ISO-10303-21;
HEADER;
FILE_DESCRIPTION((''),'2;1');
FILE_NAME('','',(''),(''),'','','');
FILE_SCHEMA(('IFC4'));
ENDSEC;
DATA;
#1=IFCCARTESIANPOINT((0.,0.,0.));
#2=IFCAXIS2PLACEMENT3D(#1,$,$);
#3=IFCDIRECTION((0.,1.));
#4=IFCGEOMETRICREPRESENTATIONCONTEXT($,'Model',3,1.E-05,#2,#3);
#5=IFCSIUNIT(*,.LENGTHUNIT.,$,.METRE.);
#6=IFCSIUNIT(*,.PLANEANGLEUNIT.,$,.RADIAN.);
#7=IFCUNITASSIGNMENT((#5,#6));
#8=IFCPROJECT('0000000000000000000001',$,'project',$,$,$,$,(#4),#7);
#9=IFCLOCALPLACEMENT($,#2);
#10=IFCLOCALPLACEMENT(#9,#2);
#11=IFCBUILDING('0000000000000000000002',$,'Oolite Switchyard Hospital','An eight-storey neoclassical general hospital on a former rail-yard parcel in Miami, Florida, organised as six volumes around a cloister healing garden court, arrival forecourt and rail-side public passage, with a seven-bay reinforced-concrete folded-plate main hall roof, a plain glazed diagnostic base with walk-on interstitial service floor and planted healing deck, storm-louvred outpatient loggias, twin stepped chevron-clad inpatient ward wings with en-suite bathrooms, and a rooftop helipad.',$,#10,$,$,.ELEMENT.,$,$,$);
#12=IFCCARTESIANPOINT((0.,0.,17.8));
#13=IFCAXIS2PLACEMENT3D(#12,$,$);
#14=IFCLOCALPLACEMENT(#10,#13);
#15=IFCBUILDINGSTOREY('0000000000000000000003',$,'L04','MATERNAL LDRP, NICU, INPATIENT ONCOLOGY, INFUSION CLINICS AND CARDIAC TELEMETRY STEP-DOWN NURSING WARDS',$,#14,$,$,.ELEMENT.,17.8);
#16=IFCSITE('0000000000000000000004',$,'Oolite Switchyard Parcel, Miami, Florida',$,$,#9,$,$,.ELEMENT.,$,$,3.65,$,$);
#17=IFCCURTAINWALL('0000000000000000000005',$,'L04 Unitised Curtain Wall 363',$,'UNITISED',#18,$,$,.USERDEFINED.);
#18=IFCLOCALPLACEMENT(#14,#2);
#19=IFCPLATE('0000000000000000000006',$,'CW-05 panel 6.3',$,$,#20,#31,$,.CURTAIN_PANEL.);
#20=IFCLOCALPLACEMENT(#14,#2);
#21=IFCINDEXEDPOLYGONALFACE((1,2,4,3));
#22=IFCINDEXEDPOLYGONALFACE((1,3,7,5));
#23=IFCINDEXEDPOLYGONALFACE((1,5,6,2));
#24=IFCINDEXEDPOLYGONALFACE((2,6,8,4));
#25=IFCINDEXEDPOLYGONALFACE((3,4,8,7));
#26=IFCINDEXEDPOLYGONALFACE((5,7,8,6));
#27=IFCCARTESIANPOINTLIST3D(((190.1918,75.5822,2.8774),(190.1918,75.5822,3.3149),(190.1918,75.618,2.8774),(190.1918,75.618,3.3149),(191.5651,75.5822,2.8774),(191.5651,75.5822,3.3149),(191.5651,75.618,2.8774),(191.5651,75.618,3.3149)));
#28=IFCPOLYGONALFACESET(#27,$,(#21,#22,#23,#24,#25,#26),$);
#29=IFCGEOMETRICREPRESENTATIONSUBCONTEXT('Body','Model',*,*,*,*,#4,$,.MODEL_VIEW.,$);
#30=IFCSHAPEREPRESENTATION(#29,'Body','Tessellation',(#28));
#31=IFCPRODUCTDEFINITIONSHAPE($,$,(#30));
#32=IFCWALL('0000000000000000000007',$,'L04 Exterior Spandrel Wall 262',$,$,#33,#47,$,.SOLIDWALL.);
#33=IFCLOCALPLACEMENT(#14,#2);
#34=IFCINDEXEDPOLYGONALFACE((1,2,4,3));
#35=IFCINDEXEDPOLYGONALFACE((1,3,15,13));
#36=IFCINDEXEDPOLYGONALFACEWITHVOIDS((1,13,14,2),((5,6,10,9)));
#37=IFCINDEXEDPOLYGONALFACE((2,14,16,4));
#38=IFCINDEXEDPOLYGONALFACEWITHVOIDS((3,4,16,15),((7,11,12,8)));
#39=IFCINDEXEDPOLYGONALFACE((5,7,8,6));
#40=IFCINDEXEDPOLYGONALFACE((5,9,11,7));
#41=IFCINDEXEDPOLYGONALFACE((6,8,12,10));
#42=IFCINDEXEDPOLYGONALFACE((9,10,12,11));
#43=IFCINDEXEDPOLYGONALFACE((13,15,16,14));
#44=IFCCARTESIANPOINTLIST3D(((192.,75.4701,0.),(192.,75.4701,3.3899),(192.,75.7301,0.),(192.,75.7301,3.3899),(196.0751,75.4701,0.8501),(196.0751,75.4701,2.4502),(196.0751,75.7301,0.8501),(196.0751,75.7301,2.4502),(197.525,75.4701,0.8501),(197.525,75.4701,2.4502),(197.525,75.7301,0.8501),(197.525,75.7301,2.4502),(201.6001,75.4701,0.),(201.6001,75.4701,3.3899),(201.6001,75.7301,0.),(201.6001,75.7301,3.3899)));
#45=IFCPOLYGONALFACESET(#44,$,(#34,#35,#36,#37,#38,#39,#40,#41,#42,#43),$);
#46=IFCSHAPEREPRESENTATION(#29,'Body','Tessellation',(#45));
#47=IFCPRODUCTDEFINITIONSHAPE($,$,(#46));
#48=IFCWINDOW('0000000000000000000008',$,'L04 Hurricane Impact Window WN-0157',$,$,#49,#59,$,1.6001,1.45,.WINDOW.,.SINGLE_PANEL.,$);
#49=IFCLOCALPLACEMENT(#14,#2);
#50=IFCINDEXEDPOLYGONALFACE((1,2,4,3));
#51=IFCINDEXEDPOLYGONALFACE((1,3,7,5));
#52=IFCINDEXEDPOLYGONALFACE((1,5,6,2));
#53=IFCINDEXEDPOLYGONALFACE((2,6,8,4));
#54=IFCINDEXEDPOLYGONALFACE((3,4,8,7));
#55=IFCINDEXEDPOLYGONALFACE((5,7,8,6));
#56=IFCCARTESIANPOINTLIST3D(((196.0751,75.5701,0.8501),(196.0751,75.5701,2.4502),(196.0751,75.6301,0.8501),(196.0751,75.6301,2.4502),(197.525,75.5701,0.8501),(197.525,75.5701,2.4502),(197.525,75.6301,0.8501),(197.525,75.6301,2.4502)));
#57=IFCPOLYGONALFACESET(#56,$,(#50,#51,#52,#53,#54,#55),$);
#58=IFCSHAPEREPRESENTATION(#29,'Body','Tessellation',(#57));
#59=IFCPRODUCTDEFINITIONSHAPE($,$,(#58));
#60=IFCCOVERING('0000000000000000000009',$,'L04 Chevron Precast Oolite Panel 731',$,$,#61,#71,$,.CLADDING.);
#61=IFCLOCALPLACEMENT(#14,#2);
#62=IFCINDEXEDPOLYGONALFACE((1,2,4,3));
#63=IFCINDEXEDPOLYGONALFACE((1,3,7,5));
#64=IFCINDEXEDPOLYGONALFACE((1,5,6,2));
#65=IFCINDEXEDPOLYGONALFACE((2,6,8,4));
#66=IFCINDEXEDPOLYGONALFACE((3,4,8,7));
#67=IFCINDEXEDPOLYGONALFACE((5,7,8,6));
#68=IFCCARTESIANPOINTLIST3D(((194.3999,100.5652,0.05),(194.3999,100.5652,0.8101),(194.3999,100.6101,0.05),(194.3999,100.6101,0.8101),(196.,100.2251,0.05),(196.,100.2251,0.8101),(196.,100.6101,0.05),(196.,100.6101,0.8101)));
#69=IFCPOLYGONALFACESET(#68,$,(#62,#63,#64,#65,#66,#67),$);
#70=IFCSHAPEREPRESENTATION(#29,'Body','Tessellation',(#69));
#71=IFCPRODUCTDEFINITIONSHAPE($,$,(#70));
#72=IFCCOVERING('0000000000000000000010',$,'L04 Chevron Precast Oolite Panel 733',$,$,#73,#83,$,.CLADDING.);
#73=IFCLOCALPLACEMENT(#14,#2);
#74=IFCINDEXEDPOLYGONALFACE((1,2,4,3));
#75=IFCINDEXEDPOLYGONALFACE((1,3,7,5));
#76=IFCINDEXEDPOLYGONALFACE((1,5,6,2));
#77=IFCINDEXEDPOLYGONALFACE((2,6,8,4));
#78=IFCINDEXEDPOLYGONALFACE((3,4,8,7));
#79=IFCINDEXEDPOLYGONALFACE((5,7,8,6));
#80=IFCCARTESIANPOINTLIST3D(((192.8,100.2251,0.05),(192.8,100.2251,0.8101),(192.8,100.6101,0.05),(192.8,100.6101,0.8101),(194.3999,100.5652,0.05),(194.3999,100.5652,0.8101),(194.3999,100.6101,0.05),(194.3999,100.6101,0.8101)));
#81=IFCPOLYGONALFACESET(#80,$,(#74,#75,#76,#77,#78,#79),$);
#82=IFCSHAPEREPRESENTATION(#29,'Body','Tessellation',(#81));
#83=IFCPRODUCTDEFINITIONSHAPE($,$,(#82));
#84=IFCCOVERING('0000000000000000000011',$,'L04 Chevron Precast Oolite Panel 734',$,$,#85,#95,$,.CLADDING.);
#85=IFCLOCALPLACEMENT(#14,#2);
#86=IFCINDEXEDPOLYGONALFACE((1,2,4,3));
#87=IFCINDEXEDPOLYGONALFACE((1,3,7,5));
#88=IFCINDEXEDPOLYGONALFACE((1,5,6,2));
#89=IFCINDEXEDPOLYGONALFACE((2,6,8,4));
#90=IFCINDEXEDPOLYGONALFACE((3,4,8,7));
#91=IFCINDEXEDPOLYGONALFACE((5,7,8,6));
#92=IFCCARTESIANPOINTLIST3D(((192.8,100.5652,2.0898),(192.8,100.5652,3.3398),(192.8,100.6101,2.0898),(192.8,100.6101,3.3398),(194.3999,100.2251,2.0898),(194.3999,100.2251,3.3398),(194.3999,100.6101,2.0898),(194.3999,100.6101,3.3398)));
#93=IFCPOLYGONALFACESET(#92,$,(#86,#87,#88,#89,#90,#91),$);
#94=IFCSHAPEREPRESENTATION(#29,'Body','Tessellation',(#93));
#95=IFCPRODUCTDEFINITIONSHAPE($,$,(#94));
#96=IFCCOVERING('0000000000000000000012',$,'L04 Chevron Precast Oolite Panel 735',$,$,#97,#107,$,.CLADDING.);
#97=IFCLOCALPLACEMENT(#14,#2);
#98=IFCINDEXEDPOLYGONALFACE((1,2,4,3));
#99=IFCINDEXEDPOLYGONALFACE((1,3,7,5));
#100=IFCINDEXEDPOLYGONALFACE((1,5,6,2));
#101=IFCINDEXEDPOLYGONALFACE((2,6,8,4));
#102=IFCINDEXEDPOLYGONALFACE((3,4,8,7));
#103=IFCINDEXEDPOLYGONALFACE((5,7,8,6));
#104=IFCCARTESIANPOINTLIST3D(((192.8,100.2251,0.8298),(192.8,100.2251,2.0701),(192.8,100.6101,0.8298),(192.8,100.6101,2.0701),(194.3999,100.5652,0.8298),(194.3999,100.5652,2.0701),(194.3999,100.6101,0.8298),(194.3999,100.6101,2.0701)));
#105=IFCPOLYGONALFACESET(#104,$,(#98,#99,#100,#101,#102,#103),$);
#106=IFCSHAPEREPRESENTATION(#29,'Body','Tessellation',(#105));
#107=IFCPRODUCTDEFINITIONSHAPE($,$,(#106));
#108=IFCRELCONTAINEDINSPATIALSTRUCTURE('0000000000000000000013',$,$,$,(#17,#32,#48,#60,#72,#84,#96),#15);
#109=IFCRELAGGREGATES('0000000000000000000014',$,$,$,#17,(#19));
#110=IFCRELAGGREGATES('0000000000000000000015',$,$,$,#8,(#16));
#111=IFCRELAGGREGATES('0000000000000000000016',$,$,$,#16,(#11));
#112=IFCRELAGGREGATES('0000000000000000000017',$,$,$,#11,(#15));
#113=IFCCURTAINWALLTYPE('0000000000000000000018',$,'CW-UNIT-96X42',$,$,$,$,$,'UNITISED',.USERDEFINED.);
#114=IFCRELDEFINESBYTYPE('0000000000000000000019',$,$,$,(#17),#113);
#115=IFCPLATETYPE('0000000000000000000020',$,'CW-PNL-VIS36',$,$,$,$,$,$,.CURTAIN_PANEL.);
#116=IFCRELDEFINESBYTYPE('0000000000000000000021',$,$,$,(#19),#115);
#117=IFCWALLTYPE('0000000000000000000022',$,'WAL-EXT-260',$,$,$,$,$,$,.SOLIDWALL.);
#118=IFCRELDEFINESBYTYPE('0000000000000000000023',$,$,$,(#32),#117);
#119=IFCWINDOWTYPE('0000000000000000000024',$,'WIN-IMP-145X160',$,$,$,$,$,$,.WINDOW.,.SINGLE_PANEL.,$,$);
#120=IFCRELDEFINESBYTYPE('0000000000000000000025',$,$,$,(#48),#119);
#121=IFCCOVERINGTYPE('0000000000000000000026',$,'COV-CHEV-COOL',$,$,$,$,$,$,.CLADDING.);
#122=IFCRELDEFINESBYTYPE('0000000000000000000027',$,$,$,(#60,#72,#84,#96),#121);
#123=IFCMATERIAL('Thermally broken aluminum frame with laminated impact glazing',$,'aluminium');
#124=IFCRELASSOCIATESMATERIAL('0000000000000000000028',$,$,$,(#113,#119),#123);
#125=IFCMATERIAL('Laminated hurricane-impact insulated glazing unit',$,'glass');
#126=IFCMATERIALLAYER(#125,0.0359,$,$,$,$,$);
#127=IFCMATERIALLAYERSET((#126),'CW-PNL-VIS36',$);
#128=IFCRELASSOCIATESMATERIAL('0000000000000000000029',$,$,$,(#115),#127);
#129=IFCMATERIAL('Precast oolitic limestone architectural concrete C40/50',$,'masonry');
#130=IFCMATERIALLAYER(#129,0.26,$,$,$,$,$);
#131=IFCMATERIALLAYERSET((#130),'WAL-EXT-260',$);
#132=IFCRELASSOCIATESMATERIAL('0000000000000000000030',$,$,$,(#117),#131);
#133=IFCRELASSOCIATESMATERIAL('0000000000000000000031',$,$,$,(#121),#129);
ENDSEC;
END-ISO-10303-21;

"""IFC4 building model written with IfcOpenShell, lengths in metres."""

from ifc_helpers import new_model, si_unit, direction, frame, frame_2d, origin, origin_2d, place, context, subcontext, project, spatial, polyline, rectangle, outline, extrude, material, layer, layer_set, type_object, element, fill, aggregate, save


model = new_model("IFC4")

# Units and contexts
model_context = context("Model", 3, precision=1e-05, world=origin(), true_north=direction((0.0, 1.0)))
body_context = subcontext(model_context, "Body", "Model", "MODEL_VIEW")
ifc_project = project(units=[si_unit("LENGTHUNIT", "METRE"), si_unit("PLANEANGLEUNIT", "RADIAN")], contexts=[model_context])

# Site, building, storey
site_placement = place(None, origin())
site = spatial("IfcSite", under=ifc_project, at=site_placement, Name="Oolite Switchyard Parcel, Miami, Florida", CompositionType="ELEMENT", RefElevation=3.65)
building_placement = place(site_placement, origin())
building = spatial("IfcBuilding", under=site, at=building_placement, Name="Oolite Switchyard Hospital", Description="An eight-storey neoclassical general hospital on a former rail-yard parcel in Miami, Florida, organised as six volumes around a cloister healing garden court, arrival forecourt and rail-side public passage, with a seven-bay reinforced-concrete folded-plate main hall roof, a plain glazed diagnostic base with walk-on interstitial service floor and planted healing deck, storm-louvred outpatient loggias, twin stepped chevron-clad inpatient ward wings with en-suite bathrooms, and a rooftop helipad.", CompositionType="ELEMENT")
storey_placement = place(building_placement, frame((0.0, 0.0, 17.8)))
storey = spatial("IfcBuildingStorey", under=building, at=storey_placement, Name="L04", Description="MATERNAL LDRP, NICU, INPATIENT ONCOLOGY, INFUSION CLINICS AND CARDIAC TELEMETRY STEP-DOWN NURSING WARDS", CompositionType="ELEMENT", Elevation=17.8)

# Curtain wall, plate
ifc_material_1 = material(Name="Thermally broken aluminum frame with laminated impact glazing", Category="aluminium")
curtain_wall_type = type_object("IfcCurtainWallType", Name="CW-UNIT-96X42", ElementType="UNITISED", PredefinedType="USERDEFINED", material=ifc_material_1)
curtain_wall_placement = place(storey_placement, origin())
curtain_wall = element("IfcCurtainWall", 1, at=curtain_wall_placement, inside=storey, type_object=curtain_wall_type, Name="L04 Unitised Curtain Wall 363", ObjectType="UNITISED", PredefinedType="USERDEFINED")
ifc_material_2 = material(Name="Laminated hurricane-impact insulated glazing unit", Category="glass")
ifc_layer_1 = layer(ifc_material_2, 0.0359)
ifc_layer_set_1 = layer_set([ifc_layer_1], Name="CW-PNL-VIS36")
plate_type = type_object("IfcPlateType", Name="CW-PNL-VIS36", PredefinedType="CURTAIN_PANEL", material=ifc_layer_set_1)
plate_1_placement = place(storey_placement, frame((190.8784, 75.6001, 2.8774), z_axis=(0.0, 0.0, 1.0), x_axis=(1.0, 0.0, 0.0)))
plate_1 = element("IfcPlate", 2, at=plate_1_placement, type_object=plate_type, Name="CW-05 panel 6.3", PredefinedType="CURTAIN_PANEL", context=body_context, shape_type="SweptSolid", body=[
    extrude(rectangle(XDim=1.3733, YDim=0.0359, at=origin_2d()), origin(), (0.0, 0.0, 1.0), 0.4375),
])
aggregate(curtain_wall, [plate_1])

# Wall, opening, window
ifc_material_3 = material(Name="Precast oolitic limestone architectural concrete C40/50", Category="masonry")
ifc_layer_2 = layer(ifc_material_3, 0.26)
ifc_layer_set_2 = layer_set([ifc_layer_2], Name="WAL-EXT-260")
wall_type = type_object("IfcWallType", Name="WAL-EXT-260", PredefinedType="SOLIDWALL", material=ifc_layer_set_2)
wall_placement = place(storey_placement, frame((192.0, 75.6001, 0.0), z_axis=(0.0, 0.0, 1.0), x_axis=(1.0, 0.0, 0.0)))
wall = element("IfcWall", 3, at=wall_placement, inside=storey, type_object=wall_type, Name="L04 Exterior Spandrel Wall 262", PredefinedType="SOLIDWALL", context=body_context, shape_type="SweptSolid", body=[
    extrude(rectangle(XDim=9.6001, YDim=0.26, at=frame_2d((4.8, 0.0))), origin(), (0.0, 0.0, 1.0), 3.3899),
])
opening_placement = place(wall_placement, frame((4.075, 0.0, 0.8501)))
opening = element("IfcOpeningElement", 4, at=opening_placement, cuts=wall, PredefinedType="OPENING", context=body_context, shape_type="SweptSolid", body=[
    extrude(rectangle(XDim=1.45, YDim=1.6001, at=frame_2d((0.7251, 0.8))), frame((0.0, 0.1401, 0.0), z_axis=(0.0, -1.0, 0.0), x_axis=(1.0, 0.0, 0.0)), (0.0, 0.0, 1.0), 0.28),
])
window_type = type_object("IfcWindowType", Name="WIN-IMP-145X160", PartitioningType="SINGLE_PANEL", PredefinedType="WINDOW", material=ifc_material_1)
window_placement = place(opening_placement, origin())
window = element("IfcWindow", 5, at=window_placement, inside=storey, type_object=window_type, Name="L04 Hurricane Impact Window WN-0157", OverallHeight=1.6001, OverallWidth=1.45, PartitioningType="SINGLE_PANEL", PredefinedType="WINDOW", context=body_context, shape_type="SweptSolid", body=[
    extrude(rectangle(XDim=1.45, YDim=1.6001, at=frame_2d((0.7251, 0.8))), frame((0.0, 0.03, 0.0), z_axis=(0.0, -1.0, 0.0), x_axis=(1.0, 0.0, 0.0)), (0.0, 0.0, 1.0), 0.0601),
])
fill(opening, window)

# Coverings
covering_type = type_object("IfcCoveringType", Name="COV-CHEV-COOL", PredefinedType="CLADDING", material=ifc_material_3)
covering_1_placement = place(storey_placement, frame((196.0, 100.6101, 0.05), z_axis=(0.0, 0.0, 1.0), x_axis=(-1.0, 0.0, 0.0)))
element("IfcCovering", 6, at=covering_1_placement, inside=storey, type_object=covering_type, Name="L04 Chevron Precast Oolite Panel 731", PredefinedType="CLADDING", context=body_context, shape_type="SweptSolid", body=[
    extrude(outline(polyline([(0.0, 0.0), (1.6001, 0.0), (1.6001, 0.0449), (0.0, 0.385), (0.0, 0.0)])), origin(), (0.0, 0.0, 1.0), 0.76),
])
covering_2_placement = place(storey_placement, frame((194.3999, 100.6101, 0.05), z_axis=(0.0, 0.0, 1.0), x_axis=(-1.0, 0.0, 0.0)))
element("IfcCovering", 7, at=covering_2_placement, inside=storey, type_object=covering_type, Name="L04 Chevron Precast Oolite Panel 733", PredefinedType="CLADDING", context=body_context, shape_type="SweptSolid", body=[
    extrude(outline(polyline([(0.0, 0.0), (1.5999, 0.0), (1.5999, 0.385), (0.0, 0.0449), (0.0, 0.0)])), origin(), (0.0, 0.0, 1.0), 0.76),
])
covering_3_placement = place(storey_placement, frame((194.3999, 100.6101, 2.0898), z_axis=(0.0, 0.0, 1.0), x_axis=(-1.0, 0.0, 0.0)))
element("IfcCovering", 8, at=covering_3_placement, inside=storey, type_object=covering_type, Name="L04 Chevron Precast Oolite Panel 734", PredefinedType="CLADDING", context=body_context, shape_type="SweptSolid", body=[
    extrude(outline(polyline([(0.0, 0.0), (1.5999, 0.0), (1.5999, 0.0449), (0.0, 0.385), (0.0, 0.0)])), origin(), (0.0, 0.0, 1.0), 1.25),
])
covering_4_placement = place(storey_placement, frame((194.3999, 100.6101, 0.8298), z_axis=(0.0, 0.0, 1.0), x_axis=(-1.0, 0.0, 0.0)))
element("IfcCovering", 9, at=covering_4_placement, inside=storey, type_object=covering_type, Name="L04 Chevron Precast Oolite Panel 735", PredefinedType="CLADDING", context=body_context, shape_type="SweptSolid", body=[
    extrude(outline(polyline([(0.0, 0.0), (1.5999, 0.0), (1.5999, 0.385), (0.0, 0.0449), (0.0, 0.0)])), origin(), (0.0, 0.0, 1.0), 1.2402),
])

save(model, "model.ifc")
